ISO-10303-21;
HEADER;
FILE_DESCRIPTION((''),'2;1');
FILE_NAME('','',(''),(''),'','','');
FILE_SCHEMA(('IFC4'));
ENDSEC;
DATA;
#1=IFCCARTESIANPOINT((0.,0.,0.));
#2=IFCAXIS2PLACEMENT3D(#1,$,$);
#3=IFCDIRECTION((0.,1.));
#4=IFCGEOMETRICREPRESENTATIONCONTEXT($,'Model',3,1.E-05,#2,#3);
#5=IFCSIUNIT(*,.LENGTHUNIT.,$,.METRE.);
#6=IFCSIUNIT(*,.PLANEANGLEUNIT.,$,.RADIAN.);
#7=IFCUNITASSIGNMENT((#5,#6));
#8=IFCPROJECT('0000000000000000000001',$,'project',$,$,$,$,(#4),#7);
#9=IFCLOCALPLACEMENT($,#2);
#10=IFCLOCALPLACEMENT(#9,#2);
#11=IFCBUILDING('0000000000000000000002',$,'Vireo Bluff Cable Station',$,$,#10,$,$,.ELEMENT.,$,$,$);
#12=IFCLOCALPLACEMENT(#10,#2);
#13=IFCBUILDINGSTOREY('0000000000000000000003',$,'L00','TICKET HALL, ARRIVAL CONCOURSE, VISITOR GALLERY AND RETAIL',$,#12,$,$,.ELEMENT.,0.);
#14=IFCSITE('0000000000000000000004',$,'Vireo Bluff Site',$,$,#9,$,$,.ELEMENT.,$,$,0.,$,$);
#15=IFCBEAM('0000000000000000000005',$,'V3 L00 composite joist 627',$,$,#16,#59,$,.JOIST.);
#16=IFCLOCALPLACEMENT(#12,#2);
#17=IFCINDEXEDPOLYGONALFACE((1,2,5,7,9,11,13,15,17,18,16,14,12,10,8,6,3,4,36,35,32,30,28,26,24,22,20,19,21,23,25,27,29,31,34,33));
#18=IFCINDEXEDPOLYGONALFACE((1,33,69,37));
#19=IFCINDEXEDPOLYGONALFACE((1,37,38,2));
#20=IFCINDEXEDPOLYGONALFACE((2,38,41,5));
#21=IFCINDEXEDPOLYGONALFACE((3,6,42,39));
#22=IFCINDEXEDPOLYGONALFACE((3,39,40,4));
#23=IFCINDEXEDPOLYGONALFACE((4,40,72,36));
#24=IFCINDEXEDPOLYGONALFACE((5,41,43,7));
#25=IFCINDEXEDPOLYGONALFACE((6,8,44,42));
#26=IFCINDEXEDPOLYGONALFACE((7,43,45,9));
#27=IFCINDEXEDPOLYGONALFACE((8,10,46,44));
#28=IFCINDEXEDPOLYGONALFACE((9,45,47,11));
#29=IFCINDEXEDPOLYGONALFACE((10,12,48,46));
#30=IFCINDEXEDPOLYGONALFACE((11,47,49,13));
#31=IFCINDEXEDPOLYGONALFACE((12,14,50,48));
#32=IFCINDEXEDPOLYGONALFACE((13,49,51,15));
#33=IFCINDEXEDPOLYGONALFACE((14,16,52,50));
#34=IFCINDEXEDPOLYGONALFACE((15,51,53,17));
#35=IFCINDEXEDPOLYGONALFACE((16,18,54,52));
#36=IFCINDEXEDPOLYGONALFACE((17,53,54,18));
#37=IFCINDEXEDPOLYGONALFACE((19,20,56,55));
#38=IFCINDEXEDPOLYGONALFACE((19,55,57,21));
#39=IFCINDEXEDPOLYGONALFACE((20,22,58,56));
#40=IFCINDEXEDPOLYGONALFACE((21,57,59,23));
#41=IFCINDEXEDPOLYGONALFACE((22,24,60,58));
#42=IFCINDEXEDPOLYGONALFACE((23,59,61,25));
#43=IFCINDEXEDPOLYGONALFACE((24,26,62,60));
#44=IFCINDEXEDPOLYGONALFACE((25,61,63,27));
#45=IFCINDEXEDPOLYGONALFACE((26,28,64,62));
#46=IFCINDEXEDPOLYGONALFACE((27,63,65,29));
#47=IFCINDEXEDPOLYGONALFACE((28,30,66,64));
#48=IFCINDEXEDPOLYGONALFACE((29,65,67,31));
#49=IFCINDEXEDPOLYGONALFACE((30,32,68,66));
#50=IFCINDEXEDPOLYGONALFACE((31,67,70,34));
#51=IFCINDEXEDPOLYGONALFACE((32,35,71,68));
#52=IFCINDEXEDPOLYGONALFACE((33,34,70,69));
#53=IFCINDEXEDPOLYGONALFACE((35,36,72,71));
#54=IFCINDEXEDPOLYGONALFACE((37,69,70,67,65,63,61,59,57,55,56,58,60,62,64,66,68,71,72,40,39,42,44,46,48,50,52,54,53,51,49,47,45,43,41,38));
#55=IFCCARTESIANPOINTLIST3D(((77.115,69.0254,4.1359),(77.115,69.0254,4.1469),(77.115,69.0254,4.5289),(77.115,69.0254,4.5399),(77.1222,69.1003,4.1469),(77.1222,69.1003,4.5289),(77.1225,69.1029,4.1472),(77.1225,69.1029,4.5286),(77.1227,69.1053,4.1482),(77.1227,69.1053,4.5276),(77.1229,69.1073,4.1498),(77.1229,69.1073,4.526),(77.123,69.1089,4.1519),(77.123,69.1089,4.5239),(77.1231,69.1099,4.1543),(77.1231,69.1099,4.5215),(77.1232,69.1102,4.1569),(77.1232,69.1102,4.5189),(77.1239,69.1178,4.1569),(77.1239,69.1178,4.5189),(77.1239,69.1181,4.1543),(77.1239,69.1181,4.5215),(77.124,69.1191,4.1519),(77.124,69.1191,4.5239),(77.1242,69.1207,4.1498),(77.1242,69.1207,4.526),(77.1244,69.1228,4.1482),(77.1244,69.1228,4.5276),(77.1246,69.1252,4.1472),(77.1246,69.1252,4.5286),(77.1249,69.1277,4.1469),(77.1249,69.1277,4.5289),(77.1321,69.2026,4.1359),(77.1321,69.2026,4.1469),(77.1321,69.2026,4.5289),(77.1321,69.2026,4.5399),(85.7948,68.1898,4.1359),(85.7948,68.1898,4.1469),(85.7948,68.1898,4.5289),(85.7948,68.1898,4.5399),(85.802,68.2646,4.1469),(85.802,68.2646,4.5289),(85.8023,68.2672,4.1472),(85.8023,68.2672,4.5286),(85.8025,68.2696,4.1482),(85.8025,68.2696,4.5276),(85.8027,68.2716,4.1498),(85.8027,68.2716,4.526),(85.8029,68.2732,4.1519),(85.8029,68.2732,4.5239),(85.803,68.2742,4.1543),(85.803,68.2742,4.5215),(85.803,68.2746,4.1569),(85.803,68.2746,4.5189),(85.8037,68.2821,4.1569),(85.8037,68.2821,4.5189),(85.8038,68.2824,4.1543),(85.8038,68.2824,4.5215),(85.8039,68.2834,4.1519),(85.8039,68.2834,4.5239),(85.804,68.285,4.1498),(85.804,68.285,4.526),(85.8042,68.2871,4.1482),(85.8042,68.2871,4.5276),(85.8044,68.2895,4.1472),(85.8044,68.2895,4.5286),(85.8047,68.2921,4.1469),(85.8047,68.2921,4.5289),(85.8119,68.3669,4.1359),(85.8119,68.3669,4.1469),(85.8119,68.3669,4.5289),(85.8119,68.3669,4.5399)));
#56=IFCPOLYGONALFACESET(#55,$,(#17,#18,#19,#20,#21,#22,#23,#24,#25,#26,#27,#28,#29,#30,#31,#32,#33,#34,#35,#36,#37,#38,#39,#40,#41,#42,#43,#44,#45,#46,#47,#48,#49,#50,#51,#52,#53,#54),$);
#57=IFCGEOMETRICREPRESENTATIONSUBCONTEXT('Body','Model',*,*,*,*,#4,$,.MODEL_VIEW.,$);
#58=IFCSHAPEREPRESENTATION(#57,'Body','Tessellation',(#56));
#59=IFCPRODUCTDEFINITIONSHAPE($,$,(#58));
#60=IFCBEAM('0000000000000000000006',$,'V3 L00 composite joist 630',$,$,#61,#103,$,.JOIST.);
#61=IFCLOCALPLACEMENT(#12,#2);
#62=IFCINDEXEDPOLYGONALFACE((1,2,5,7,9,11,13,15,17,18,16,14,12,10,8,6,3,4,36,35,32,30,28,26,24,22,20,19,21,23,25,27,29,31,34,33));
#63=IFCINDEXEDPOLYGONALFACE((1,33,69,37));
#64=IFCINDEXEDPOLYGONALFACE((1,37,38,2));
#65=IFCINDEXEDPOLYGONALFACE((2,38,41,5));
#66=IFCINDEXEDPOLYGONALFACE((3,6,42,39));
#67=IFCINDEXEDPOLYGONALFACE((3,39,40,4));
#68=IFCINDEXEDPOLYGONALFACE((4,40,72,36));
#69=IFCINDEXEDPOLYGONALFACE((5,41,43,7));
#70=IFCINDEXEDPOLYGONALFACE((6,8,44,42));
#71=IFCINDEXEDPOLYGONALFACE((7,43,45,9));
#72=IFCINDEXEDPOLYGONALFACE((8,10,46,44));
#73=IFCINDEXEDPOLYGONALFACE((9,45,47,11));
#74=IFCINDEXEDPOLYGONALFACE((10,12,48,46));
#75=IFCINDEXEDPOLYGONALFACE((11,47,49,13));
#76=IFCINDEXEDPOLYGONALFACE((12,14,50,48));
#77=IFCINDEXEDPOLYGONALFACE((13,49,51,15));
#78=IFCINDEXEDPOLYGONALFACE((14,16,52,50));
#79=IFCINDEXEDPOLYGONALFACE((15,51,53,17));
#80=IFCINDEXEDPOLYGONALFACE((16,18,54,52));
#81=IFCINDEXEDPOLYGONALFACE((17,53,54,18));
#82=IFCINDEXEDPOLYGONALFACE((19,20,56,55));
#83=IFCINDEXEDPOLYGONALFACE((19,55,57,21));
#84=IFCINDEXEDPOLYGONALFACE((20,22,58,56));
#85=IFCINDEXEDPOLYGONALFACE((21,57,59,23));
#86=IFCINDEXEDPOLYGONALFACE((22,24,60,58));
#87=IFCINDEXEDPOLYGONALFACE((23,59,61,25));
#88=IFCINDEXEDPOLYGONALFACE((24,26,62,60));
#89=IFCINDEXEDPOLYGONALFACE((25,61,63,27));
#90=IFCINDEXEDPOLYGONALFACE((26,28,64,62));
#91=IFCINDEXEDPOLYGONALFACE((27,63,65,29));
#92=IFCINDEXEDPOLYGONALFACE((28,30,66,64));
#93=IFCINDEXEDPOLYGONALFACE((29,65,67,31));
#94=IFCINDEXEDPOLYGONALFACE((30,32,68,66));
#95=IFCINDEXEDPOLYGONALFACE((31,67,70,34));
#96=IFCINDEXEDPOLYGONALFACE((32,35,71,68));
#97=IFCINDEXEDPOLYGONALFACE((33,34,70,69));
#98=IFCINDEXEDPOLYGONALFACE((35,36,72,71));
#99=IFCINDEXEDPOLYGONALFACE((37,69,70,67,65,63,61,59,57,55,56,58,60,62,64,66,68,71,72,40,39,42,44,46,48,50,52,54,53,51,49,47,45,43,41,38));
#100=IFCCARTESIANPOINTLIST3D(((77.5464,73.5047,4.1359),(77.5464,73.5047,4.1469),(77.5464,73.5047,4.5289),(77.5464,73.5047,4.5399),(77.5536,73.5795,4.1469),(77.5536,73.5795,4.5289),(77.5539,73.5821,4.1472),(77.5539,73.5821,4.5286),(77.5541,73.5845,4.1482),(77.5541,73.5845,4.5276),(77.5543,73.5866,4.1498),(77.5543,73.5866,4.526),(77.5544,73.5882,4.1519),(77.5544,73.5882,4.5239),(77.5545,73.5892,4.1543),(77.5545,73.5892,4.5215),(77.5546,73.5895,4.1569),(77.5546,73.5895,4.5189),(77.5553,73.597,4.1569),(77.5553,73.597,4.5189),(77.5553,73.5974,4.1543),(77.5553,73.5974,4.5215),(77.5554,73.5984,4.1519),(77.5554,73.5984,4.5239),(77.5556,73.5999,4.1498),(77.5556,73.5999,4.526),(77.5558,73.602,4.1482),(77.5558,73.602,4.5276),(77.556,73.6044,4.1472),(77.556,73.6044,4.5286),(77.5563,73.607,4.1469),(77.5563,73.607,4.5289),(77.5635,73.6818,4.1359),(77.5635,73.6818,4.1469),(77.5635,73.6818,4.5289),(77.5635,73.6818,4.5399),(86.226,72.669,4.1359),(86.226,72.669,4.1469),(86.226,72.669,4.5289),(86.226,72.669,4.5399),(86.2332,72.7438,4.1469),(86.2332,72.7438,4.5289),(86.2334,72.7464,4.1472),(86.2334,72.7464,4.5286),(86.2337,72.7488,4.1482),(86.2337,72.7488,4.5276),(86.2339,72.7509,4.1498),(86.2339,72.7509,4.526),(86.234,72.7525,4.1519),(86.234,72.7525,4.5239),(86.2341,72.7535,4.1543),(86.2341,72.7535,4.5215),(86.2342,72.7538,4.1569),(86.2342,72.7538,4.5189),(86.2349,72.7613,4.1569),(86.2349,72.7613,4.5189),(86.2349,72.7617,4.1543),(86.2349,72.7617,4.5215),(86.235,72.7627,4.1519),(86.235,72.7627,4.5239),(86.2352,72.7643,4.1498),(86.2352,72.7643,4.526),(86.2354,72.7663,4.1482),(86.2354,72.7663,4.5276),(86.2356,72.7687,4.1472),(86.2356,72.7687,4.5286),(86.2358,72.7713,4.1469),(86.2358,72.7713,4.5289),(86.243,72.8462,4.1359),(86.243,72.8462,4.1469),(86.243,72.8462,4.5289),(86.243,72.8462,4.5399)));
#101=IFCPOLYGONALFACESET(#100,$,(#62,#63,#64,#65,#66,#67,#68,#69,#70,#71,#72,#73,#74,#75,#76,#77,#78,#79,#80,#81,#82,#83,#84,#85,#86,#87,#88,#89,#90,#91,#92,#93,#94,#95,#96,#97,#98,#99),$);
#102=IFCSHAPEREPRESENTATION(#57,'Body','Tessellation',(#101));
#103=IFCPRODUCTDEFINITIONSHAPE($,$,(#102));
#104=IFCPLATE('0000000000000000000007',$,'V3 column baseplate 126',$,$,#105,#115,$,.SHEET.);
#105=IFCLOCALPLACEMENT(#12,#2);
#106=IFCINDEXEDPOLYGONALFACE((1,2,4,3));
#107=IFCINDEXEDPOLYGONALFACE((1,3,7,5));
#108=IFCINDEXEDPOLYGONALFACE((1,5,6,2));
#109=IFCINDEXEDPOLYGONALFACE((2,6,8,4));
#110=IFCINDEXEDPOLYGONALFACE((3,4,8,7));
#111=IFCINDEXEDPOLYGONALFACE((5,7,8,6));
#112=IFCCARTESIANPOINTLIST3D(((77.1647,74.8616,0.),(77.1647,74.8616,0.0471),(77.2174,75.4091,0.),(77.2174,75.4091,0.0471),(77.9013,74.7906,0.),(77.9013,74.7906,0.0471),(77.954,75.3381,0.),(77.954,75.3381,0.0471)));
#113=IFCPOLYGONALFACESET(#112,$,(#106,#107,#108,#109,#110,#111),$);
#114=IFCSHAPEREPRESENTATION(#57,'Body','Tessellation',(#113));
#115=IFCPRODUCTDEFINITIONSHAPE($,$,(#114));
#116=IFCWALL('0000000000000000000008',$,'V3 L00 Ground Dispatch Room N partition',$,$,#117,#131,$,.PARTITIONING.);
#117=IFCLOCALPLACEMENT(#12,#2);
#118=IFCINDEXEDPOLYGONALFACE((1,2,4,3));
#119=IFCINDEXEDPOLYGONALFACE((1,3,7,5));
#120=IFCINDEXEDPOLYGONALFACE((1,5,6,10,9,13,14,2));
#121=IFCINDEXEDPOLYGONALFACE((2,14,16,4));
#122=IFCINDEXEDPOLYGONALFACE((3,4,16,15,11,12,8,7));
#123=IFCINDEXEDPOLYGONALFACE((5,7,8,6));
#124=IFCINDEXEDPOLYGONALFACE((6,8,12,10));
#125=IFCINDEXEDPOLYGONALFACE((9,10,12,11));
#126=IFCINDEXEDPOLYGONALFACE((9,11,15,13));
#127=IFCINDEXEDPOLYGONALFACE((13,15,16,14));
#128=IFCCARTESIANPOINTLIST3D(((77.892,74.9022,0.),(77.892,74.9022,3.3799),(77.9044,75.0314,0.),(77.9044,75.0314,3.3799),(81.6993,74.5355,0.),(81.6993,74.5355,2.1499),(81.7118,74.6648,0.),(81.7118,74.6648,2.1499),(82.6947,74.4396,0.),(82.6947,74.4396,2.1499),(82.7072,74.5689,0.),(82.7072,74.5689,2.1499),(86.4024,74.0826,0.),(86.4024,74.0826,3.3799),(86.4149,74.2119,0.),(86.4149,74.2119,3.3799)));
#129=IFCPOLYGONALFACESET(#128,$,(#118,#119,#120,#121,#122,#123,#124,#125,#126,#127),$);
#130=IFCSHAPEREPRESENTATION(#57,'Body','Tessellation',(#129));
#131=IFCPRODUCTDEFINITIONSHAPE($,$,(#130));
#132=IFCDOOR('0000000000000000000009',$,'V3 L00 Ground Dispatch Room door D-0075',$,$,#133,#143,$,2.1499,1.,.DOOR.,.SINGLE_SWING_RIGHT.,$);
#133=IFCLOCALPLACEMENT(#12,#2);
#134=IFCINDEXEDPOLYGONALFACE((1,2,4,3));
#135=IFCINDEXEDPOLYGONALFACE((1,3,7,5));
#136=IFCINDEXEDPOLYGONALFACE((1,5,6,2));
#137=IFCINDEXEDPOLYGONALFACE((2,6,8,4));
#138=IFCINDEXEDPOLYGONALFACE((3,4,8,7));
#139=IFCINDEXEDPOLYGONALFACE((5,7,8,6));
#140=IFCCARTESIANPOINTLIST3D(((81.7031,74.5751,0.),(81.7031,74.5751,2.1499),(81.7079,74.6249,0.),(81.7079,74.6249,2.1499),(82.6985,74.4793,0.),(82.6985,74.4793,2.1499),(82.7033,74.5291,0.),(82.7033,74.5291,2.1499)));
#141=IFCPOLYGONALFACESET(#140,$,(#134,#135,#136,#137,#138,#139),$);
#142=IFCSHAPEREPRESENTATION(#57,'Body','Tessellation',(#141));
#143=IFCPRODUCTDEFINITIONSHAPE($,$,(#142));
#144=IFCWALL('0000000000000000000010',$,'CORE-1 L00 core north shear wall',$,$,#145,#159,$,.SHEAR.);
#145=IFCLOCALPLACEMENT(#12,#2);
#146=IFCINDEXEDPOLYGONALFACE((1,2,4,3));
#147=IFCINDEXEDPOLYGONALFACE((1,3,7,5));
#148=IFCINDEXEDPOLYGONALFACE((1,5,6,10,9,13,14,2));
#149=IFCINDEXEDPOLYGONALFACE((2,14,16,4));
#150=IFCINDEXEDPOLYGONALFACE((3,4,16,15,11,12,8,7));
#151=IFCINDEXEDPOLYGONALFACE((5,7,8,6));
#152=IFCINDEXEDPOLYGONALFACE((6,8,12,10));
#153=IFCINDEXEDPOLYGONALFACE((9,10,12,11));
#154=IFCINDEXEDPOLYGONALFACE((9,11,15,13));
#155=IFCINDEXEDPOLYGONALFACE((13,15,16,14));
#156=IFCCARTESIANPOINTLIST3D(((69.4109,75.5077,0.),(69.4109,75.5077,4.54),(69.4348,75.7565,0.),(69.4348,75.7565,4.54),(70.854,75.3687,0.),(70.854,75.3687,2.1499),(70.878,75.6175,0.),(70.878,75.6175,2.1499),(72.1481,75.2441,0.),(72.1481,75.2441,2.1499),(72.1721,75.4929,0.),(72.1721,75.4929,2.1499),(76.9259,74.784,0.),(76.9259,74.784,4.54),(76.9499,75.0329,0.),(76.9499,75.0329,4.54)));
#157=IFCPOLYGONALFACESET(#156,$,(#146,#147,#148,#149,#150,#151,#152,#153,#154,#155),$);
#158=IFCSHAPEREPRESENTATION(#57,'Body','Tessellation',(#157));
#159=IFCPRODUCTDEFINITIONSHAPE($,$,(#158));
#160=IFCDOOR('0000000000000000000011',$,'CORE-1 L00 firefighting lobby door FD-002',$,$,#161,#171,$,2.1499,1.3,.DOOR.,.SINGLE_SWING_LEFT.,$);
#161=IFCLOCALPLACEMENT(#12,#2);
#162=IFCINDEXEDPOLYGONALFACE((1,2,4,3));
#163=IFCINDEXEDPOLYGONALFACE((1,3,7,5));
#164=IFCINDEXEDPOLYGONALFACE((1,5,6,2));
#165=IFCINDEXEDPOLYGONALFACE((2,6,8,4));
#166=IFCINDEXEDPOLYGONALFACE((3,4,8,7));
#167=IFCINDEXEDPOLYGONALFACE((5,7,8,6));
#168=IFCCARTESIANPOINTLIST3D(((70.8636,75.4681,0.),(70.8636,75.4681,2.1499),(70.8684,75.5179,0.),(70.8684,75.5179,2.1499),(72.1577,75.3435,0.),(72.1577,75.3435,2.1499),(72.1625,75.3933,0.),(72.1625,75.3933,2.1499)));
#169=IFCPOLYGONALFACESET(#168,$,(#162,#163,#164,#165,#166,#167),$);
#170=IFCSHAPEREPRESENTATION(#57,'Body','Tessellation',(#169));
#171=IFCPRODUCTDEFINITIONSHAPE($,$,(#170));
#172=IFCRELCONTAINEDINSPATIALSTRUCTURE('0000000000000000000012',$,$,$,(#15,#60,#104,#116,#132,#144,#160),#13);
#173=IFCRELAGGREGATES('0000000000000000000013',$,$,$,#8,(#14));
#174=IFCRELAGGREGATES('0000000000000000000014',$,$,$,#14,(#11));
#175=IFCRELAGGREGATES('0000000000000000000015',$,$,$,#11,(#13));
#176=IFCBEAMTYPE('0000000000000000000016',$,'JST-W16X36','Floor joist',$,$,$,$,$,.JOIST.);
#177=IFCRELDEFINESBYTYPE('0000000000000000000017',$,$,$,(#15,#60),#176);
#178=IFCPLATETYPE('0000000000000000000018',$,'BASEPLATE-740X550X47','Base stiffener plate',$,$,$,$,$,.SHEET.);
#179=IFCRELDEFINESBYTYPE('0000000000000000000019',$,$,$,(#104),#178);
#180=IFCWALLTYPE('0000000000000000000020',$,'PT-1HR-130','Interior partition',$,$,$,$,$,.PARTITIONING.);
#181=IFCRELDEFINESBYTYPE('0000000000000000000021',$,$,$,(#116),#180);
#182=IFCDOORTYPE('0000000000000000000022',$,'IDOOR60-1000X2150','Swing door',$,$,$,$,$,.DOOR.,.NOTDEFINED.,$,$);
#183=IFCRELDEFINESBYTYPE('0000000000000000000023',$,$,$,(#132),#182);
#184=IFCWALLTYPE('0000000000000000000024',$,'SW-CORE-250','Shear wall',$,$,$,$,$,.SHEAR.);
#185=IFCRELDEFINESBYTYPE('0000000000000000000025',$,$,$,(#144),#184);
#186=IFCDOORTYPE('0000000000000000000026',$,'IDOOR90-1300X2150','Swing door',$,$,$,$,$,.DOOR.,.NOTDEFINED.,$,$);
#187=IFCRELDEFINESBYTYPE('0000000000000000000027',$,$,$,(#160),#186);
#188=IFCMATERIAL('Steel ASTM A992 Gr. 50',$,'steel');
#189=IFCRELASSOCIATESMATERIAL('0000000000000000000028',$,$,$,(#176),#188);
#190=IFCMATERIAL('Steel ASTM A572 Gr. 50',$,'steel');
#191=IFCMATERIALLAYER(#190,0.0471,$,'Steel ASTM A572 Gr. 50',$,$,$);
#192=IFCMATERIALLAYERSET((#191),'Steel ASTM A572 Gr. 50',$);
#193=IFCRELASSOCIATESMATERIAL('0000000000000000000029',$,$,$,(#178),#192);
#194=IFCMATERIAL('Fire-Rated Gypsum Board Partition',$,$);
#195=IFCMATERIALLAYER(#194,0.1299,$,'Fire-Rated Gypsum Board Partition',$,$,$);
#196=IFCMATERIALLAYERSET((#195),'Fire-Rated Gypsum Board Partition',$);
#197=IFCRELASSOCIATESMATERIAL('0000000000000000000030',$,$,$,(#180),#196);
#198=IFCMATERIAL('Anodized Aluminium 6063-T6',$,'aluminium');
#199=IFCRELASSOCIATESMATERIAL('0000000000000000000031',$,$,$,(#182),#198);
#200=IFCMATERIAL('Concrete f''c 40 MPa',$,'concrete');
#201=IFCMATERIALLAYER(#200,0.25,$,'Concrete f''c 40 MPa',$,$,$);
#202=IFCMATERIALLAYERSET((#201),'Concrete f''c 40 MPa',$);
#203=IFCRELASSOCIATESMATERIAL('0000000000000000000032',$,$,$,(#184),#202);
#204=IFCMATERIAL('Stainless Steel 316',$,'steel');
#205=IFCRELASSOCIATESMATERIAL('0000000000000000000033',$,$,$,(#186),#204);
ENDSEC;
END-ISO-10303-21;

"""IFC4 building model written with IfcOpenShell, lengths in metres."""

from ifc_helpers import new_model, si_unit, direction, frame, frame_2d, origin, origin_with_axes, origin_2d, place, context, subcontext, project, spatial, rectangle, i_section, extrude, material, layer, layer_set, material_profile, profile_set, type_object, element, fill, save


model = new_model("IFC4")

# Units and contexts
model_context = context("Model", 3, precision=1e-05, world=origin(), true_north=direction((0.0, 1.0)))
body_context = subcontext(model_context, "Body", "Model", "MODEL_VIEW")
ifc_project = project(units=[si_unit("LENGTHUNIT", "METRE"), si_unit("PLANEANGLEUNIT", "RADIAN")], contexts=[model_context])

# Site, building, storey
site_placement = place(None, origin())
site = spatial("IfcSite", under=ifc_project, at=site_placement, Name="Vireo Bluff Site", CompositionType="ELEMENT", RefElevation=0.0)
building_placement = place(site_placement, origin())
building = spatial("IfcBuilding", under=site, at=building_placement, Name="Vireo Bluff Cable Station", CompositionType="ELEMENT")
storey_placement = place(building_placement, origin())
storey = spatial("IfcBuildingStorey", under=building, at=storey_placement, Name="L00", Description="TICKET HALL, ARRIVAL CONCOURSE, VISITOR GALLERY AND RETAIL", CompositionType="ELEMENT", Elevation=0.0)

# Shared definitions
ifc_material_1 = material(Name="Concrete f'c 40 MPa", Category="concrete")

# Shared definitions
ifc_material_2 = material(Name="Steel ASTM A992 Gr. 50", Category="steel")

# Beams
ifc_material_profile_1 = material_profile(ifc_material_2, i_section(OverallWidth=0.178, OverallDepth=0.4041, WebThickness=0.0076, FlangeThickness=0.011, FilletRadius=0.01, at=origin_2d()), Name="W16X36")
ifc_profile_set_1 = profile_set([ifc_material_profile_1], Name="Steel ASTM A992 Gr. 50")
beam_type_1 = type_object("IfcBeamType", Name="JST-W16X36", Description="Floor joist", PredefinedType="JOIST", material=ifc_profile_set_1)
beam_1_placement = place(storey_placement, frame((77.1235, 69.114, 4.3379), z_axis=(0.995397, -0.095836, 0.0), x_axis=(0.095836, 0.995397, 0.0)))
element("IfcBeam", 1, at=beam_1_placement, inside=storey, type_object=beam_type_1, Name="V3 L00 composite joist 627", PredefinedType="JOIST", context=body_context, shape_type="SweptSolid", body=[
    extrude(i_section(OverallWidth=0.178, OverallDepth=0.4041, WebThickness=0.0076, FlangeThickness=0.011, FilletRadius=0.01, at=origin_2d()), origin(), (0.0, 0.0, 1.0), 8.72),
])
beam_2_placement = place(storey_placement, frame((77.5549, 73.5933, 4.3379), z_axis=(0.995397, -0.095838, 0.0), x_axis=(0.095838, 0.995397, 0.0)))
element("IfcBeam", 2, at=beam_2_placement, inside=storey, type_object=beam_type_1, Name="V3 L00 composite joist 630", PredefinedType="JOIST", context=body_context, shape_type="SweptSolid", body=[
    extrude(i_section(OverallWidth=0.178, OverallDepth=0.4041, WebThickness=0.0076, FlangeThickness=0.011, FilletRadius=0.01, at=origin_2d()), origin(), (0.0, 0.0, 1.0), 8.7197),
])

# Plate
ifc_material_3 = material(Name="Steel ASTM A572 Gr. 50", Category="steel")
ifc_layer_1 = layer(ifc_material_3, 0.0471, Name="Steel ASTM A572 Gr. 50")
ifc_layer_set_1 = layer_set([ifc_layer_1], Name="Steel ASTM A572 Gr. 50")
plate_type = type_object("IfcPlateType", Name="BASEPLATE-740X550X47", Description="Base stiffener plate", PredefinedType="SHEET", material=ifc_layer_set_1)
plate_placement = place(storey_placement, frame((77.5593, 75.0999, 0.0), z_axis=(0.0, 0.0, 1.0), x_axis=(0.995396, -0.095846, 0.0)))
element("IfcPlate", 3, at=plate_placement, inside=storey, type_object=plate_type, Name="V3 column baseplate 126", PredefinedType="SHEET", context=body_context, shape_type="SweptSolid", body=[
    extrude(rectangle(XDim=0.74, YDim=0.55, at=origin_2d()), origin(), (0.0, 0.0, 1.0), 0.0471),
])

# Walls, openings, doors
ifc_material_4 = material(Name="Fire-Rated Gypsum Board Partition")
ifc_layer_2 = layer(ifc_material_4, 0.1299, Name="Fire-Rated Gypsum Board Partition")
ifc_layer_set_2 = layer_set([ifc_layer_2], Name="Fire-Rated Gypsum Board Partition")
wall_type_1 = type_object("IfcWallType", Name="PT-1HR-130", Description="Interior partition", PredefinedType="PARTITIONING", material=ifc_layer_set_2)
wall_1_placement = place(storey_placement, frame((77.8982, 74.9668, 0.0), z_axis=(0.0, 0.0, 1.0), x_axis=(0.995395, -0.095859, 0.0)))
wall_1 = element("IfcWall", 4, at=wall_1_placement, inside=storey, type_object=wall_type_1, Name="V3 L00 Ground Dispatch Room N partition", PredefinedType="PARTITIONING", context=body_context, shape_type="SweptSolid", body=[
    extrude(rectangle(XDim=8.5498, YDim=0.1299, at=frame_2d((4.2749, 0.0))), origin(), (0.0, 0.0, 1.0), 3.3799),
])
opening_1_placement = place(wall_1_placement, frame((3.825, 0.0, 0.0)))
opening_1 = element("IfcOpeningElement", 5, at=opening_1_placement, cuts=wall_1, PredefinedType="OPENING", context=body_context, shape_type="SweptSolid", body=[
    extrude(rectangle(XDim=1.0, YDim=2.1499, at=frame_2d((0.5, 1.075))), frame((0.0, 0.075, 0.0), z_axis=(0.0, -1.0, 0.0), x_axis=(1.0, 0.0, 0.0)), (0.0, 0.0, 1.0), 0.1499),
])
ifc_material_5 = material(Name="Anodized Aluminium 6063-T6", Category="aluminium")
door_type_1 = type_object("IfcDoorType", Name="IDOOR60-1000X2150", Description="Swing door", OperationType="NOTDEFINED", PredefinedType="DOOR", material=ifc_material_5)
door_1_placement = place(opening_1_placement, origin_with_axes())
door_1 = element("IfcDoor", 6, at=door_1_placement, inside=storey, type_object=door_type_1, Name="V3 L00 Ground Dispatch Room door D-0075", OperationType="SINGLE_SWING_RIGHT", OverallHeight=2.1499, OverallWidth=1.0, PredefinedType="DOOR", context=body_context, shape_type="SweptSolid", body=[
    extrude(rectangle(XDim=1.0, YDim=2.1499, at=frame_2d((0.5, 1.075))), frame((0.0, 0.0249, 0.0), z_axis=(0.0, -1.0, 0.0), x_axis=(1.0, 0.0, 0.0)), (0.0, 0.0, 1.0), 0.05),
])
fill(opening_1, door_1)
ifc_layer_3 = layer(ifc_material_1, 0.25, Name="Concrete f'c 40 MPa")
ifc_layer_set_3 = layer_set([ifc_layer_3], Name="Concrete f'c 40 MPa")
wall_type_2 = type_object("IfcWallType", Name="SW-CORE-250", Description="Shear wall", PredefinedType="SHEAR", material=ifc_layer_set_3)
wall_2_placement = place(storey_placement, frame((69.4229, 75.6321, 0.0), z_axis=(0.0, 0.0, 1.0), x_axis=(0.995396, -0.095847, 0.0)))
wall_2 = element("IfcWall", 7, at=wall_2_placement, inside=storey, type_object=wall_type_2, Name="CORE-1 L00 core north shear wall", PredefinedType="SHEAR", context=body_context, shape_type="SweptSolid", body=[
    extrude(rectangle(XDim=7.5498, YDim=0.25, at=frame_2d((3.7749, 0.0))), origin(), (0.0, 0.0, 1.0), 4.54),
])
opening_2_placement = place(wall_2_placement, frame((1.45, 0.0, 0.0)))
opening_2 = element("IfcOpeningElement", 8, at=opening_2_placement, cuts=wall_2, PredefinedType="OPENING", context=body_context, shape_type="SweptSolid", body=[
    extrude(rectangle(XDim=1.3, YDim=2.1499, at=frame_2d((0.6499, 1.075))), frame((0.0, 0.135, 0.0), z_axis=(0.0, -1.0, 0.0), x_axis=(1.0, 0.0, 0.0)), (0.0, 0.0, 1.0), 0.27),
])
ifc_material_6 = material(Name="Stainless Steel 316", Category="steel")
door_type_2 = type_object("IfcDoorType", Name="IDOOR90-1300X2150", Description="Swing door", OperationType="NOTDEFINED", PredefinedType="DOOR", material=ifc_material_6)
door_2_placement = place(opening_2_placement, origin_with_axes())
door_2 = element("IfcDoor", 9, at=door_2_placement, inside=storey, type_object=door_type_2, Name="CORE-1 L00 firefighting lobby door FD-002", OperationType="SINGLE_SWING_LEFT", OverallHeight=2.1499, OverallWidth=1.3, PredefinedType="DOOR", context=body_context, shape_type="SweptSolid", body=[
    extrude(rectangle(XDim=1.3, YDim=2.1499, at=frame_2d((0.6499, 1.075))), frame((0.0, 0.0249, 0.0), z_axis=(0.0, -1.0, 0.0), x_axis=(1.0, 0.0, 0.0)), (0.0, 0.0, 1.0), 0.05),
])
fill(opening_2, door_2)

save(model, "model.ifc")
